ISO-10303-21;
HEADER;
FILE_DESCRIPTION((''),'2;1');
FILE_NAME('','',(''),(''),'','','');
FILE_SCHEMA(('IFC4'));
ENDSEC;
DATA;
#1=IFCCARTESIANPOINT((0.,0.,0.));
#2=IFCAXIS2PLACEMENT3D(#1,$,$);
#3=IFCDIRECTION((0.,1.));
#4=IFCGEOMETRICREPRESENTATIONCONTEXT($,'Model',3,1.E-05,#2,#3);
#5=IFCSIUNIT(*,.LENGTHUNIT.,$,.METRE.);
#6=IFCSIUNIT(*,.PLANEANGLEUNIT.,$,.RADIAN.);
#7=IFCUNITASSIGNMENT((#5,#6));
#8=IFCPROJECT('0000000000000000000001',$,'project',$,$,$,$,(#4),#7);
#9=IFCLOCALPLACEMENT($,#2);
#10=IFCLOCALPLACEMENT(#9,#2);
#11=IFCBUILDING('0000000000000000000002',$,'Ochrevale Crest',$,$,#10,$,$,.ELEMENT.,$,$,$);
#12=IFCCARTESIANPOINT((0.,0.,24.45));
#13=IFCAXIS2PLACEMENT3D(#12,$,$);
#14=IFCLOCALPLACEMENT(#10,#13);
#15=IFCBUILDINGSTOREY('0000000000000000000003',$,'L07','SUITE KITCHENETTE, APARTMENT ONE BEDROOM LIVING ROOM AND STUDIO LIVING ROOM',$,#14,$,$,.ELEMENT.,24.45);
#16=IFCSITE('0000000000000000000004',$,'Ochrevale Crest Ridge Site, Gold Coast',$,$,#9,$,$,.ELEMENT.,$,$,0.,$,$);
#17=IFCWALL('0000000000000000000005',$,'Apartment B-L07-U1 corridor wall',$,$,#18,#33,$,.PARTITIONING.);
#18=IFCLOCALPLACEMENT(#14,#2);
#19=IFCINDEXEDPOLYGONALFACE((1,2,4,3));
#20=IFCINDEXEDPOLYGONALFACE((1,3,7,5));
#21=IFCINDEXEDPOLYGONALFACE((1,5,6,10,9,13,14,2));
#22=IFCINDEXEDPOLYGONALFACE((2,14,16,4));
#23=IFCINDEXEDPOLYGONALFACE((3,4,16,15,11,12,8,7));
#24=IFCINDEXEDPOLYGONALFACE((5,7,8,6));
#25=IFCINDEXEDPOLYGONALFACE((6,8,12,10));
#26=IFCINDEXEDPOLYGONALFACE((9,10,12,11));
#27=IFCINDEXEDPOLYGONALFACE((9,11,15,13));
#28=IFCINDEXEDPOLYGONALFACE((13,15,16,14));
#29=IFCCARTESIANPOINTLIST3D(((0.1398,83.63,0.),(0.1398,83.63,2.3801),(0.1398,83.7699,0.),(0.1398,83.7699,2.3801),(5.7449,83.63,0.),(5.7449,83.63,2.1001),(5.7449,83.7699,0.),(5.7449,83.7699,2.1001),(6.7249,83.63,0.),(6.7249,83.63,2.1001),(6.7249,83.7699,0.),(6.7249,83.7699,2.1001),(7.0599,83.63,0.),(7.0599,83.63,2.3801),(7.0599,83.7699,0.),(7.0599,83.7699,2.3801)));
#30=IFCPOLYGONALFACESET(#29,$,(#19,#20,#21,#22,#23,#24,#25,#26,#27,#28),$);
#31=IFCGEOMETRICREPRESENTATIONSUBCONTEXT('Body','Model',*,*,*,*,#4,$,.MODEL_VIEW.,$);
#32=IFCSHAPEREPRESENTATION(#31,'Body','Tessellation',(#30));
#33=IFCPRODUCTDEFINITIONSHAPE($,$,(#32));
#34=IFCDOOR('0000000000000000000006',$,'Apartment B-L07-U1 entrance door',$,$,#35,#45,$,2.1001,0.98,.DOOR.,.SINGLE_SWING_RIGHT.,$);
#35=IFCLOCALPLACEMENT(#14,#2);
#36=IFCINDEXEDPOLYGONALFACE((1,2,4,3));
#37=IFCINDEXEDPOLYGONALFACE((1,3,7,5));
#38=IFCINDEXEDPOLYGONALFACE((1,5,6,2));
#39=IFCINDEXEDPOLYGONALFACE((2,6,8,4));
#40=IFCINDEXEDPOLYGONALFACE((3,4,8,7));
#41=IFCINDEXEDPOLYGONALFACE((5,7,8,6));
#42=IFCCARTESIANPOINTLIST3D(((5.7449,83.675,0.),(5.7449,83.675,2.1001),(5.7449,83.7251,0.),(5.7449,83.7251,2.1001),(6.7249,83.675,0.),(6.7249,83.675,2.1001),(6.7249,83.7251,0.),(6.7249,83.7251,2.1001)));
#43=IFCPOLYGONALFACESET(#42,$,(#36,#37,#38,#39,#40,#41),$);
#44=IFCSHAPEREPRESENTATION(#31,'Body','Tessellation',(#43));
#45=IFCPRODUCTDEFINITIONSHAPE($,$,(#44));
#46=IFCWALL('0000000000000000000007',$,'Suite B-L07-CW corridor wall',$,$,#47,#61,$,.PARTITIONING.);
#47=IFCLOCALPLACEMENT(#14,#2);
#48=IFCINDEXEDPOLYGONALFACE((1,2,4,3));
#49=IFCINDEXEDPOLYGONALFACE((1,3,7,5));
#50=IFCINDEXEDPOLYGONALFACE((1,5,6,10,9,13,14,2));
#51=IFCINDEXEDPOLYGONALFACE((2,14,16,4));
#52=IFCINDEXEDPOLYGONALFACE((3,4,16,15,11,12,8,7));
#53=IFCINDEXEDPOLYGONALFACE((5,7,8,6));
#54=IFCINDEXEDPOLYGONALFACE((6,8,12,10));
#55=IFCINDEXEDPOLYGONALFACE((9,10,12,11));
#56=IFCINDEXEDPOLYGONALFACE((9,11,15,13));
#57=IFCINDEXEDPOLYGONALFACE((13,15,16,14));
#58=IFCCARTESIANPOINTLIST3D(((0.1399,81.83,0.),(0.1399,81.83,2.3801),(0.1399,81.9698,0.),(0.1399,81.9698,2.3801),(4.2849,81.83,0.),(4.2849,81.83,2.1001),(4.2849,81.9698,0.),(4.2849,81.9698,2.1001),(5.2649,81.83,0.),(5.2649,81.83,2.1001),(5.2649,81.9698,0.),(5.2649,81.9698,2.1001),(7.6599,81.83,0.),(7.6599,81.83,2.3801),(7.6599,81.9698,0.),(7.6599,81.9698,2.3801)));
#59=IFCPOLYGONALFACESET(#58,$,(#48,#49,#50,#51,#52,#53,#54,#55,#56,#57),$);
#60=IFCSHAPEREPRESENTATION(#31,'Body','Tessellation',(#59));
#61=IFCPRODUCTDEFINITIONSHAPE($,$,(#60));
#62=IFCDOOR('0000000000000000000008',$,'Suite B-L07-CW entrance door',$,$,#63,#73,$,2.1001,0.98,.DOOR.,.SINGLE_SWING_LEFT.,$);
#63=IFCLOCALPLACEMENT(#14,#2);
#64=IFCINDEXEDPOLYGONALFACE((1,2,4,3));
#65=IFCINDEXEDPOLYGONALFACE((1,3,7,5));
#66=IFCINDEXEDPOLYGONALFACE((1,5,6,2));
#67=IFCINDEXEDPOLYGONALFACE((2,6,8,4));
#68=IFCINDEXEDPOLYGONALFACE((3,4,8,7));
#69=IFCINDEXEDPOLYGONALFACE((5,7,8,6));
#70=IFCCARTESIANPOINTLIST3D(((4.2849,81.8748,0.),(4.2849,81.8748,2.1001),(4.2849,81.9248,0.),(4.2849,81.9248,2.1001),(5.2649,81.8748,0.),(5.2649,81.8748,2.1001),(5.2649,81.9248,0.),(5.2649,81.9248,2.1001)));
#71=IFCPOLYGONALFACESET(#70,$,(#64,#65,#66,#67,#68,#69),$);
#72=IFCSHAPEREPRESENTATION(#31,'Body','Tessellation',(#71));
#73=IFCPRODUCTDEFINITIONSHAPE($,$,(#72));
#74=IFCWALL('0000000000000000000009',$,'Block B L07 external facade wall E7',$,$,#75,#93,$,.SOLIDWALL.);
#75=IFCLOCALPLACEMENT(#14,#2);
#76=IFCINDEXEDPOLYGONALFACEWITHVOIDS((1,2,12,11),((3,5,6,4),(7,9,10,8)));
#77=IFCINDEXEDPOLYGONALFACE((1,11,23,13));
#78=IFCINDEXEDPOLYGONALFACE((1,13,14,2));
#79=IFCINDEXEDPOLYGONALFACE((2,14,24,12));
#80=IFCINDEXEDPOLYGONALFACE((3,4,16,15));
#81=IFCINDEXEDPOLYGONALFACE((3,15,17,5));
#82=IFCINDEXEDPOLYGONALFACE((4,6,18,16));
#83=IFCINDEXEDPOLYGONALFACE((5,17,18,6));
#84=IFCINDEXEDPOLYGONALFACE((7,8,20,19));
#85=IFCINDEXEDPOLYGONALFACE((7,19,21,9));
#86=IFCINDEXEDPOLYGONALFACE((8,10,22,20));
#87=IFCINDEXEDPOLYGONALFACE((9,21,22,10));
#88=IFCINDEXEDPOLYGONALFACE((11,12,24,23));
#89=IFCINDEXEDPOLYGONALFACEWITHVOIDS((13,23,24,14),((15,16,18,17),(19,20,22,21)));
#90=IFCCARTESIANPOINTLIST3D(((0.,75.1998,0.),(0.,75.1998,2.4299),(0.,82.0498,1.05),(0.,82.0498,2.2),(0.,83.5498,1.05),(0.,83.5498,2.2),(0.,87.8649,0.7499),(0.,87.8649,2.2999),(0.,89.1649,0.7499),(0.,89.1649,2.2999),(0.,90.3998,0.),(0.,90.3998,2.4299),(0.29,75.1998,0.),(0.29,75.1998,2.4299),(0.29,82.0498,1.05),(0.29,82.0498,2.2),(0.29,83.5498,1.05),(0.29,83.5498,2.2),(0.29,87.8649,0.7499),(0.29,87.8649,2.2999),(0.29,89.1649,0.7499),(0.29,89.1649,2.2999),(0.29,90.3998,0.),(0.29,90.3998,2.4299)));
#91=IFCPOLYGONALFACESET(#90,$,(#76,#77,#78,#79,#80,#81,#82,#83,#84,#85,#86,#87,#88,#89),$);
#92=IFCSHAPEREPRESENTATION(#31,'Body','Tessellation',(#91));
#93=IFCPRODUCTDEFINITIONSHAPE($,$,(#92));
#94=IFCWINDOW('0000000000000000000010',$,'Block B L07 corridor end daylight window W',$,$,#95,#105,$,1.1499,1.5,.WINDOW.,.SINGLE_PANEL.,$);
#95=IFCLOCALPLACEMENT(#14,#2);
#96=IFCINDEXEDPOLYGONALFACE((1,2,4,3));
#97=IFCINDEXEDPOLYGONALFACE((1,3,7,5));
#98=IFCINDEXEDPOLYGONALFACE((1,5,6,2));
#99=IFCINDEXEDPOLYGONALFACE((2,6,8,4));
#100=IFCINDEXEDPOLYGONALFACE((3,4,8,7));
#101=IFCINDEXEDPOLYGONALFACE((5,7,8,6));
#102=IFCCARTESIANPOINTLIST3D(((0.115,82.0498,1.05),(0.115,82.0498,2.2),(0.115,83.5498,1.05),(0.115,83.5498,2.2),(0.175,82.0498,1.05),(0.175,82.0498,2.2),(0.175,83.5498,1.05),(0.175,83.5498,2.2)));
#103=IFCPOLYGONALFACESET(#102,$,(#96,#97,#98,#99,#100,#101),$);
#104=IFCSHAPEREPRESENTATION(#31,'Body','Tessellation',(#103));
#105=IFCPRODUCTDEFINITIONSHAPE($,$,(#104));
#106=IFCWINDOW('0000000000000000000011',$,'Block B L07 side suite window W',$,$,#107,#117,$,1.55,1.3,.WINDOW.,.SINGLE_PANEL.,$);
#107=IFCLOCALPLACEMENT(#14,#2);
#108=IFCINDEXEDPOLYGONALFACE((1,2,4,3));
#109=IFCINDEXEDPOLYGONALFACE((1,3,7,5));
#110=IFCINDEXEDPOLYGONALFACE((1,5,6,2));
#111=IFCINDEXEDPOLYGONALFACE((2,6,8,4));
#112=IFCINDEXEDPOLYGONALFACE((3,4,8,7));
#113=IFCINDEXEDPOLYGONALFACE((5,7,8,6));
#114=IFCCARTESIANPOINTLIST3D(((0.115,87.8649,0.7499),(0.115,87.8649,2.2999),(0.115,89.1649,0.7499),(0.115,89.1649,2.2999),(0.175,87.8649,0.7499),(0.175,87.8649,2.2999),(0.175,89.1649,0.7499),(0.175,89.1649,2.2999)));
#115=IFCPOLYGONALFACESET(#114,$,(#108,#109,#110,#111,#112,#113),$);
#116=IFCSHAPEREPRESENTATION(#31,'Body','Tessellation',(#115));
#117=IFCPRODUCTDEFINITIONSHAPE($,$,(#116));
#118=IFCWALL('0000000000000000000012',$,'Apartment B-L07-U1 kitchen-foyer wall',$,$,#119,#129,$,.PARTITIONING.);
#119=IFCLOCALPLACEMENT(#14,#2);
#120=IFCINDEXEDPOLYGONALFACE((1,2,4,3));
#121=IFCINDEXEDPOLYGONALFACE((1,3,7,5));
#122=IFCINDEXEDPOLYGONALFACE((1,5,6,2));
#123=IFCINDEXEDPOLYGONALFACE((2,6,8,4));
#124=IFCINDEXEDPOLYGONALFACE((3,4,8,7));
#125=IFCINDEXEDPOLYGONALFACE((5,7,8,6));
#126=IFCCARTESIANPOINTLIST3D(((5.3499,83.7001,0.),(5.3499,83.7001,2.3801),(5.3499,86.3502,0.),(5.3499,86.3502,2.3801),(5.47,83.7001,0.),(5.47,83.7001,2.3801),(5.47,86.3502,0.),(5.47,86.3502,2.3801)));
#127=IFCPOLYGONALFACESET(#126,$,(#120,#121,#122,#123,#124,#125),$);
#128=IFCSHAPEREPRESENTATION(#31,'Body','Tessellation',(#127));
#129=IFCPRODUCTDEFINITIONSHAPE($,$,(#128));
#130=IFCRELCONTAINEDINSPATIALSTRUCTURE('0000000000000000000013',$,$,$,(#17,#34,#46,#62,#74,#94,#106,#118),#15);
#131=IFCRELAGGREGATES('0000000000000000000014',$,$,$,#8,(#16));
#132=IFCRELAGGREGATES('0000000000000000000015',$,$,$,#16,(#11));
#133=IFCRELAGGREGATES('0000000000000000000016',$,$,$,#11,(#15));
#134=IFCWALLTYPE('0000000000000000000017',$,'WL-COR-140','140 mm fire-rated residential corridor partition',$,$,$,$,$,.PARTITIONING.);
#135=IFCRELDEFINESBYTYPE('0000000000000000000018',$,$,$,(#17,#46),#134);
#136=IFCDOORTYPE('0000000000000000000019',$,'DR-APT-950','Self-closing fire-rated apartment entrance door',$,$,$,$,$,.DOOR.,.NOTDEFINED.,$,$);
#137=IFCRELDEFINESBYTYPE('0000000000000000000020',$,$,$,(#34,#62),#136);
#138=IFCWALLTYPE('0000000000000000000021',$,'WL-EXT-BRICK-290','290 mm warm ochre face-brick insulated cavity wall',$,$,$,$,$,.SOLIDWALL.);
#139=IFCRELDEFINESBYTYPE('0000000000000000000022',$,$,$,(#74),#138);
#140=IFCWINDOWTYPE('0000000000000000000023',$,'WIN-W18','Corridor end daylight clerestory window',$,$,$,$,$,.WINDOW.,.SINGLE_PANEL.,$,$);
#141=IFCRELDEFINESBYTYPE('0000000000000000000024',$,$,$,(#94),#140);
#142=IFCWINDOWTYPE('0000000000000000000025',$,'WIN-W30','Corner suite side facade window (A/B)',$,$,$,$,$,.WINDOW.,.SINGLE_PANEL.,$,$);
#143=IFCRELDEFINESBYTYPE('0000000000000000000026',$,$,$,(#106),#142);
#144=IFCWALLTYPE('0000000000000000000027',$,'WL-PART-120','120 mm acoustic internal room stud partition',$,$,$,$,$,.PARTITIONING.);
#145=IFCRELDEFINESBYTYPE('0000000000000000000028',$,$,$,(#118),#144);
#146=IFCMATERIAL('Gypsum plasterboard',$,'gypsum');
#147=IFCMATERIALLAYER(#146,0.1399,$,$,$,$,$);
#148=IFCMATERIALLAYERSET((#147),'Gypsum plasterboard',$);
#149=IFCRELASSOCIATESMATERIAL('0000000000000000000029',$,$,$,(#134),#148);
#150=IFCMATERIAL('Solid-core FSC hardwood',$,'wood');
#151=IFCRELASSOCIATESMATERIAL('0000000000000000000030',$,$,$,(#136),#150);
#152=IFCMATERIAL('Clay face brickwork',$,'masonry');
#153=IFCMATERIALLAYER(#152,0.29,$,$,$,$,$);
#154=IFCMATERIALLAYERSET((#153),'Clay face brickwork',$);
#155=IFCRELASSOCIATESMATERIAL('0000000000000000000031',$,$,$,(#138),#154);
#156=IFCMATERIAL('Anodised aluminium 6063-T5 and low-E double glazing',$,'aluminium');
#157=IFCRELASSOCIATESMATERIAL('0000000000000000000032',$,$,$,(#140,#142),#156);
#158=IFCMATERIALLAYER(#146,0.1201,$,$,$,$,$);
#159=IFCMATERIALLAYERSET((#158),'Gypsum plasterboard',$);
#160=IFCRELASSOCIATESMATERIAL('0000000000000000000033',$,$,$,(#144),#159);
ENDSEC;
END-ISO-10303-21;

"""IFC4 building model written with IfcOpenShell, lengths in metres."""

from ifc_helpers import new_model, si_unit, direction, frame, frame_2d, origin, place, context, subcontext, project, spatial, rectangle, extrude, material, layer, layer_set, type_object, element, fill, save


model = new_model("IFC4")

# Units and contexts
model_context = context("Model", 3, precision=1e-05, world=origin(), true_north=direction((0.0, 1.0)))
body_context = subcontext(model_context, "Body", "Model", "MODEL_VIEW")
ifc_project = project(units=[si_unit("LENGTHUNIT", "METRE"), si_unit("PLANEANGLEUNIT", "RADIAN")], contexts=[model_context])

# Site, building, storey
site_placement = place(None, origin())
site = spatial("IfcSite", under=ifc_project, at=site_placement, Name="Ochrevale Crest Ridge Site, Gold Coast", CompositionType="ELEMENT", RefElevation=0.0)
building_placement = place(site_placement, origin())
building = spatial("IfcBuilding", under=site, at=building_placement, Name="Ochrevale Crest", CompositionType="ELEMENT")
storey_placement = place(building_placement, frame((0.0, 0.0, 24.45)))
storey = spatial("IfcBuildingStorey", under=building, at=storey_placement, Name="L07", Description="SUITE KITCHENETTE, APARTMENT ONE BEDROOM LIVING ROOM AND STUDIO LIVING ROOM", CompositionType="ELEMENT", Elevation=24.45)

# Walls, openings, doors
ifc_material_1 = material(Name="Gypsum plasterboard", Category="gypsum")
ifc_layer_1 = layer(ifc_material_1, 0.1399)
ifc_layer_set_1 = layer_set([ifc_layer_1], Name="Gypsum plasterboard")
wall_type_1 = type_object("IfcWallType", Name="WL-COR-140", Description="140 mm fire-rated residential corridor partition", PredefinedType="PARTITIONING", material=ifc_layer_set_1)
wall_1_placement = place(storey_placement, frame((0.1399, 83.7, 0.0), z_axis=(0.0, 0.0, 1.0), x_axis=(1.0, 0.0, 0.0)))
wall_1 = element("IfcWall", 1, at=wall_1_placement, inside=storey, type_object=wall_type_1, Name="Apartment B-L07-U1 corridor wall", PredefinedType="PARTITIONING", context=body_context, shape_type="SweptSolid", body=[
    extrude(rectangle(XDim=6.9202, YDim=0.1399, at=frame_2d((3.46, 0.0))), origin(), (0.0, 0.0, 1.0), 2.3801),
])
opening_1_placement = place(wall_1_placement, frame((6.585, 0.0, 0.0), z_axis=(0.0, 0.0, 1.0), x_axis=(-1.0, 0.0, 0.0)))
opening_1 = element("IfcOpeningElement", 2, at=opening_1_placement, cuts=wall_1, PredefinedType="OPENING", context=body_context, shape_type="SweptSolid", body=[
    extrude(rectangle(XDim=0.98, YDim=2.1001, at=frame_2d((0.49, 1.05))), frame((0.0, 0.0801, 0.0), z_axis=(0.0, -1.0, 0.0), x_axis=(1.0, 0.0, 0.0)), (0.0, 0.0, 1.0), 0.1599),
])
ifc_material_2 = material(Name="Solid-core FSC hardwood", Category="wood")
door_type_1 = type_object("IfcDoorType", Name="DR-APT-950", Description="Self-closing fire-rated apartment entrance door", OperationType="NOTDEFINED", PredefinedType="DOOR", material=ifc_material_2)
door_1_placement = place(opening_1_placement, origin())
door_1 = element("IfcDoor", 3, at=door_1_placement, inside=storey, type_object=door_type_1, Name="Apartment B-L07-U1 entrance door", OperationType="SINGLE_SWING_RIGHT", OverallHeight=2.1001, OverallWidth=0.98, PredefinedType="DOOR", context=body_context, shape_type="SweptSolid", body=[
    extrude(rectangle(XDim=0.98, YDim=2.1001, at=frame_2d((0.49, 1.05))), frame((0.0, 0.0249, 0.0), z_axis=(0.0, -1.0, 0.0), x_axis=(1.0, 0.0, 0.0)), (0.0, 0.0, 1.0), 0.05),
])
fill(opening_1, door_1)
wall_2_placement = place(storey_placement, frame((0.1399, 81.8999, 0.0), z_axis=(0.0, 0.0, 1.0), x_axis=(1.0, 0.0, 0.0)))
wall_2 = element("IfcWall", 4, at=wall_2_placement, inside=storey, type_object=wall_type_1, Name="Suite B-L07-CW corridor wall", PredefinedType="PARTITIONING", context=body_context, shape_type="SweptSolid", body=[
    extrude(rectangle(XDim=7.52, YDim=0.1399, at=frame_2d((3.76, 0.0))), origin(), (0.0, 0.0, 1.0), 2.3801),
])
opening_2_placement = place(wall_2_placement, frame((4.145, 0.0, 0.0)))
opening_2 = element("IfcOpeningElement", 5, at=opening_2_placement, cuts=wall_2, PredefinedType="OPENING", context=body_context, shape_type="SweptSolid", body=[
    extrude(rectangle(XDim=0.98, YDim=2.1001, at=frame_2d((0.49, 1.05))), frame((0.0, 0.0801, 0.0), z_axis=(0.0, -1.0, 0.0), x_axis=(1.0, 0.0, 0.0)), (0.0, 0.0, 1.0), 0.1599),
])
door_2_placement = place(opening_2_placement, origin())
door_2 = element("IfcDoor", 6, at=door_2_placement, inside=storey, type_object=door_type_1, Name="Suite B-L07-CW entrance door", OperationType="SINGLE_SWING_LEFT", OverallHeight=2.1001, OverallWidth=0.98, PredefinedType="DOOR", context=body_context, shape_type="SweptSolid", body=[
    extrude(rectangle(XDim=0.98, YDim=2.1001, at=frame_2d((0.49, 1.05))), frame((0.0, 0.0249, 0.0), z_axis=(0.0, -1.0, 0.0), x_axis=(1.0, 0.0, 0.0)), (0.0, 0.0, 1.0), 0.05),
])
fill(opening_2, door_2)

# Wall, openings, windows
ifc_material_3 = material(Name="Clay face brickwork", Category="masonry")
ifc_layer_2 = layer(ifc_material_3, 0.29)
ifc_layer_set_2 = layer_set([ifc_layer_2], Name="Clay face brickwork")
wall_type_2 = type_object("IfcWallType", Name="WL-EXT-BRICK-290", Description="290 mm warm ochre face-brick insulated cavity wall", PredefinedType="SOLIDWALL", material=ifc_layer_set_2)
wall_3_placement = place(storey_placement, frame((0.145, 90.3999, 0.0), z_axis=(0.0, 0.0, 1.0), x_axis=(0.0, -1.0, 0.0)))
wall_3 = element("IfcWall", 7, at=wall_3_placement, inside=storey, type_object=wall_type_2, Name="Block B L07 external facade wall E7", PredefinedType="SOLIDWALL", context=body_context, shape_type="SweptSolid", body=[
    extrude(rectangle(XDim=15.2, YDim=0.29, at=frame_2d((7.6001, 0.0))), origin(), (0.0, 0.0, 1.0), 2.4299),
])
opening_3_placement = place(wall_3_placement, frame((6.8501, 0.0, 1.05)))
opening_3 = element("IfcOpeningElement", 8, at=opening_3_placement, cuts=wall_3, PredefinedType="OPENING", context=body_context, shape_type="SweptSolid", body=[
    extrude(rectangle(XDim=1.5, YDim=1.1499, at=frame_2d((0.75, 0.575))), frame((0.0, 0.155, 0.0), z_axis=(0.0, -1.0, 0.0), x_axis=(1.0, 0.0, 0.0)), (0.0, 0.0, 1.0), 0.3101),
])
opening_4_placement = place(wall_3_placement, frame((1.2351, 0.0, 0.75)))
opening_4 = element("IfcOpeningElement", 9, at=opening_4_placement, cuts=wall_3, PredefinedType="OPENING", context=body_context, shape_type="SweptSolid", body=[
    extrude(rectangle(XDim=1.3, YDim=1.55, at=frame_2d((0.6499, 0.7749))), frame((0.0, 0.155, 0.0), z_axis=(0.0, -1.0, 0.0), x_axis=(1.0, 0.0, 0.0)), (0.0, 0.0, 1.0), 0.3101),
])
ifc_material_4 = material(Name="Anodised aluminium 6063-T5 and low-E double glazing", Category="aluminium")
window_type_1 = type_object("IfcWindowType", Name="WIN-W18", Description="Corridor end daylight clerestory window", PartitioningType="SINGLE_PANEL", PredefinedType="WINDOW", material=ifc_material_4)
window_1_placement = place(opening_3_placement, origin())
window_1 = element("IfcWindow", 10, at=window_1_placement, inside=storey, type_object=window_type_1, Name="Block B L07 corridor end daylight window W", OverallHeight=1.1499, OverallWidth=1.5, PartitioningType="SINGLE_PANEL", PredefinedType="WINDOW", context=body_context, shape_type="SweptSolid", body=[
    extrude(rectangle(XDim=1.5, YDim=1.1499, at=frame_2d((0.75, 0.575))), frame((0.0, 0.03, 0.0), z_axis=(0.0, -1.0, 0.0), x_axis=(1.0, 0.0, 0.0)), (0.0, 0.0, 1.0), 0.0601),
])
fill(opening_3, window_1)
window_type_2 = type_object("IfcWindowType", Name="WIN-W30", Description="Corner suite side facade window (A/B)", PartitioningType="SINGLE_PANEL", PredefinedType="WINDOW", material=ifc_material_4)
window_2_placement = place(opening_4_placement, origin())
window_2 = element("IfcWindow", 11, at=window_2_placement, inside=storey, type_object=window_type_2, Name="Block B L07 side suite window W", OverallHeight=1.55, OverallWidth=1.3, PartitioningType="SINGLE_PANEL", PredefinedType="WINDOW", context=body_context, shape_type="SweptSolid", body=[
    extrude(rectangle(XDim=1.3, YDim=1.55, at=frame_2d((0.6499, 0.7749))), frame((0.0, 0.03, 0.0), z_axis=(0.0, -1.0, 0.0), x_axis=(1.0, 0.0, 0.0)), (0.0, 0.0, 1.0), 0.0601),
])
fill(opening_4, window_2)

# Wall
ifc_layer_3 = layer(ifc_material_1, 0.1201)
ifc_layer_set_3 = layer_set([ifc_layer_3], Name="Gypsum plasterboard")
wall_type_3 = type_object("IfcWallType", Name="WL-PART-120", Description="120 mm acoustic internal room stud partition", PredefinedType="PARTITIONING", material=ifc_layer_set_3)
wall_4_placement = place(storey_placement, frame((5.4099, 83.7, 0.0), z_axis=(0.0, 0.0, 1.0), x_axis=(0.0, 1.0, 0.0)))
element("IfcWall", 12, at=wall_4_placement, inside=storey, type_object=wall_type_3, Name="Apartment B-L07-U1 kitchen-foyer wall", PredefinedType="PARTITIONING", context=body_context, shape_type="SweptSolid", body=[
    extrude(rectangle(XDim=2.6501, YDim=0.1201, at=frame_2d((1.3252, 0.0))), origin(), (0.0, 0.0, 1.0), 2.3801),
])

save(model, "model.ifc")
